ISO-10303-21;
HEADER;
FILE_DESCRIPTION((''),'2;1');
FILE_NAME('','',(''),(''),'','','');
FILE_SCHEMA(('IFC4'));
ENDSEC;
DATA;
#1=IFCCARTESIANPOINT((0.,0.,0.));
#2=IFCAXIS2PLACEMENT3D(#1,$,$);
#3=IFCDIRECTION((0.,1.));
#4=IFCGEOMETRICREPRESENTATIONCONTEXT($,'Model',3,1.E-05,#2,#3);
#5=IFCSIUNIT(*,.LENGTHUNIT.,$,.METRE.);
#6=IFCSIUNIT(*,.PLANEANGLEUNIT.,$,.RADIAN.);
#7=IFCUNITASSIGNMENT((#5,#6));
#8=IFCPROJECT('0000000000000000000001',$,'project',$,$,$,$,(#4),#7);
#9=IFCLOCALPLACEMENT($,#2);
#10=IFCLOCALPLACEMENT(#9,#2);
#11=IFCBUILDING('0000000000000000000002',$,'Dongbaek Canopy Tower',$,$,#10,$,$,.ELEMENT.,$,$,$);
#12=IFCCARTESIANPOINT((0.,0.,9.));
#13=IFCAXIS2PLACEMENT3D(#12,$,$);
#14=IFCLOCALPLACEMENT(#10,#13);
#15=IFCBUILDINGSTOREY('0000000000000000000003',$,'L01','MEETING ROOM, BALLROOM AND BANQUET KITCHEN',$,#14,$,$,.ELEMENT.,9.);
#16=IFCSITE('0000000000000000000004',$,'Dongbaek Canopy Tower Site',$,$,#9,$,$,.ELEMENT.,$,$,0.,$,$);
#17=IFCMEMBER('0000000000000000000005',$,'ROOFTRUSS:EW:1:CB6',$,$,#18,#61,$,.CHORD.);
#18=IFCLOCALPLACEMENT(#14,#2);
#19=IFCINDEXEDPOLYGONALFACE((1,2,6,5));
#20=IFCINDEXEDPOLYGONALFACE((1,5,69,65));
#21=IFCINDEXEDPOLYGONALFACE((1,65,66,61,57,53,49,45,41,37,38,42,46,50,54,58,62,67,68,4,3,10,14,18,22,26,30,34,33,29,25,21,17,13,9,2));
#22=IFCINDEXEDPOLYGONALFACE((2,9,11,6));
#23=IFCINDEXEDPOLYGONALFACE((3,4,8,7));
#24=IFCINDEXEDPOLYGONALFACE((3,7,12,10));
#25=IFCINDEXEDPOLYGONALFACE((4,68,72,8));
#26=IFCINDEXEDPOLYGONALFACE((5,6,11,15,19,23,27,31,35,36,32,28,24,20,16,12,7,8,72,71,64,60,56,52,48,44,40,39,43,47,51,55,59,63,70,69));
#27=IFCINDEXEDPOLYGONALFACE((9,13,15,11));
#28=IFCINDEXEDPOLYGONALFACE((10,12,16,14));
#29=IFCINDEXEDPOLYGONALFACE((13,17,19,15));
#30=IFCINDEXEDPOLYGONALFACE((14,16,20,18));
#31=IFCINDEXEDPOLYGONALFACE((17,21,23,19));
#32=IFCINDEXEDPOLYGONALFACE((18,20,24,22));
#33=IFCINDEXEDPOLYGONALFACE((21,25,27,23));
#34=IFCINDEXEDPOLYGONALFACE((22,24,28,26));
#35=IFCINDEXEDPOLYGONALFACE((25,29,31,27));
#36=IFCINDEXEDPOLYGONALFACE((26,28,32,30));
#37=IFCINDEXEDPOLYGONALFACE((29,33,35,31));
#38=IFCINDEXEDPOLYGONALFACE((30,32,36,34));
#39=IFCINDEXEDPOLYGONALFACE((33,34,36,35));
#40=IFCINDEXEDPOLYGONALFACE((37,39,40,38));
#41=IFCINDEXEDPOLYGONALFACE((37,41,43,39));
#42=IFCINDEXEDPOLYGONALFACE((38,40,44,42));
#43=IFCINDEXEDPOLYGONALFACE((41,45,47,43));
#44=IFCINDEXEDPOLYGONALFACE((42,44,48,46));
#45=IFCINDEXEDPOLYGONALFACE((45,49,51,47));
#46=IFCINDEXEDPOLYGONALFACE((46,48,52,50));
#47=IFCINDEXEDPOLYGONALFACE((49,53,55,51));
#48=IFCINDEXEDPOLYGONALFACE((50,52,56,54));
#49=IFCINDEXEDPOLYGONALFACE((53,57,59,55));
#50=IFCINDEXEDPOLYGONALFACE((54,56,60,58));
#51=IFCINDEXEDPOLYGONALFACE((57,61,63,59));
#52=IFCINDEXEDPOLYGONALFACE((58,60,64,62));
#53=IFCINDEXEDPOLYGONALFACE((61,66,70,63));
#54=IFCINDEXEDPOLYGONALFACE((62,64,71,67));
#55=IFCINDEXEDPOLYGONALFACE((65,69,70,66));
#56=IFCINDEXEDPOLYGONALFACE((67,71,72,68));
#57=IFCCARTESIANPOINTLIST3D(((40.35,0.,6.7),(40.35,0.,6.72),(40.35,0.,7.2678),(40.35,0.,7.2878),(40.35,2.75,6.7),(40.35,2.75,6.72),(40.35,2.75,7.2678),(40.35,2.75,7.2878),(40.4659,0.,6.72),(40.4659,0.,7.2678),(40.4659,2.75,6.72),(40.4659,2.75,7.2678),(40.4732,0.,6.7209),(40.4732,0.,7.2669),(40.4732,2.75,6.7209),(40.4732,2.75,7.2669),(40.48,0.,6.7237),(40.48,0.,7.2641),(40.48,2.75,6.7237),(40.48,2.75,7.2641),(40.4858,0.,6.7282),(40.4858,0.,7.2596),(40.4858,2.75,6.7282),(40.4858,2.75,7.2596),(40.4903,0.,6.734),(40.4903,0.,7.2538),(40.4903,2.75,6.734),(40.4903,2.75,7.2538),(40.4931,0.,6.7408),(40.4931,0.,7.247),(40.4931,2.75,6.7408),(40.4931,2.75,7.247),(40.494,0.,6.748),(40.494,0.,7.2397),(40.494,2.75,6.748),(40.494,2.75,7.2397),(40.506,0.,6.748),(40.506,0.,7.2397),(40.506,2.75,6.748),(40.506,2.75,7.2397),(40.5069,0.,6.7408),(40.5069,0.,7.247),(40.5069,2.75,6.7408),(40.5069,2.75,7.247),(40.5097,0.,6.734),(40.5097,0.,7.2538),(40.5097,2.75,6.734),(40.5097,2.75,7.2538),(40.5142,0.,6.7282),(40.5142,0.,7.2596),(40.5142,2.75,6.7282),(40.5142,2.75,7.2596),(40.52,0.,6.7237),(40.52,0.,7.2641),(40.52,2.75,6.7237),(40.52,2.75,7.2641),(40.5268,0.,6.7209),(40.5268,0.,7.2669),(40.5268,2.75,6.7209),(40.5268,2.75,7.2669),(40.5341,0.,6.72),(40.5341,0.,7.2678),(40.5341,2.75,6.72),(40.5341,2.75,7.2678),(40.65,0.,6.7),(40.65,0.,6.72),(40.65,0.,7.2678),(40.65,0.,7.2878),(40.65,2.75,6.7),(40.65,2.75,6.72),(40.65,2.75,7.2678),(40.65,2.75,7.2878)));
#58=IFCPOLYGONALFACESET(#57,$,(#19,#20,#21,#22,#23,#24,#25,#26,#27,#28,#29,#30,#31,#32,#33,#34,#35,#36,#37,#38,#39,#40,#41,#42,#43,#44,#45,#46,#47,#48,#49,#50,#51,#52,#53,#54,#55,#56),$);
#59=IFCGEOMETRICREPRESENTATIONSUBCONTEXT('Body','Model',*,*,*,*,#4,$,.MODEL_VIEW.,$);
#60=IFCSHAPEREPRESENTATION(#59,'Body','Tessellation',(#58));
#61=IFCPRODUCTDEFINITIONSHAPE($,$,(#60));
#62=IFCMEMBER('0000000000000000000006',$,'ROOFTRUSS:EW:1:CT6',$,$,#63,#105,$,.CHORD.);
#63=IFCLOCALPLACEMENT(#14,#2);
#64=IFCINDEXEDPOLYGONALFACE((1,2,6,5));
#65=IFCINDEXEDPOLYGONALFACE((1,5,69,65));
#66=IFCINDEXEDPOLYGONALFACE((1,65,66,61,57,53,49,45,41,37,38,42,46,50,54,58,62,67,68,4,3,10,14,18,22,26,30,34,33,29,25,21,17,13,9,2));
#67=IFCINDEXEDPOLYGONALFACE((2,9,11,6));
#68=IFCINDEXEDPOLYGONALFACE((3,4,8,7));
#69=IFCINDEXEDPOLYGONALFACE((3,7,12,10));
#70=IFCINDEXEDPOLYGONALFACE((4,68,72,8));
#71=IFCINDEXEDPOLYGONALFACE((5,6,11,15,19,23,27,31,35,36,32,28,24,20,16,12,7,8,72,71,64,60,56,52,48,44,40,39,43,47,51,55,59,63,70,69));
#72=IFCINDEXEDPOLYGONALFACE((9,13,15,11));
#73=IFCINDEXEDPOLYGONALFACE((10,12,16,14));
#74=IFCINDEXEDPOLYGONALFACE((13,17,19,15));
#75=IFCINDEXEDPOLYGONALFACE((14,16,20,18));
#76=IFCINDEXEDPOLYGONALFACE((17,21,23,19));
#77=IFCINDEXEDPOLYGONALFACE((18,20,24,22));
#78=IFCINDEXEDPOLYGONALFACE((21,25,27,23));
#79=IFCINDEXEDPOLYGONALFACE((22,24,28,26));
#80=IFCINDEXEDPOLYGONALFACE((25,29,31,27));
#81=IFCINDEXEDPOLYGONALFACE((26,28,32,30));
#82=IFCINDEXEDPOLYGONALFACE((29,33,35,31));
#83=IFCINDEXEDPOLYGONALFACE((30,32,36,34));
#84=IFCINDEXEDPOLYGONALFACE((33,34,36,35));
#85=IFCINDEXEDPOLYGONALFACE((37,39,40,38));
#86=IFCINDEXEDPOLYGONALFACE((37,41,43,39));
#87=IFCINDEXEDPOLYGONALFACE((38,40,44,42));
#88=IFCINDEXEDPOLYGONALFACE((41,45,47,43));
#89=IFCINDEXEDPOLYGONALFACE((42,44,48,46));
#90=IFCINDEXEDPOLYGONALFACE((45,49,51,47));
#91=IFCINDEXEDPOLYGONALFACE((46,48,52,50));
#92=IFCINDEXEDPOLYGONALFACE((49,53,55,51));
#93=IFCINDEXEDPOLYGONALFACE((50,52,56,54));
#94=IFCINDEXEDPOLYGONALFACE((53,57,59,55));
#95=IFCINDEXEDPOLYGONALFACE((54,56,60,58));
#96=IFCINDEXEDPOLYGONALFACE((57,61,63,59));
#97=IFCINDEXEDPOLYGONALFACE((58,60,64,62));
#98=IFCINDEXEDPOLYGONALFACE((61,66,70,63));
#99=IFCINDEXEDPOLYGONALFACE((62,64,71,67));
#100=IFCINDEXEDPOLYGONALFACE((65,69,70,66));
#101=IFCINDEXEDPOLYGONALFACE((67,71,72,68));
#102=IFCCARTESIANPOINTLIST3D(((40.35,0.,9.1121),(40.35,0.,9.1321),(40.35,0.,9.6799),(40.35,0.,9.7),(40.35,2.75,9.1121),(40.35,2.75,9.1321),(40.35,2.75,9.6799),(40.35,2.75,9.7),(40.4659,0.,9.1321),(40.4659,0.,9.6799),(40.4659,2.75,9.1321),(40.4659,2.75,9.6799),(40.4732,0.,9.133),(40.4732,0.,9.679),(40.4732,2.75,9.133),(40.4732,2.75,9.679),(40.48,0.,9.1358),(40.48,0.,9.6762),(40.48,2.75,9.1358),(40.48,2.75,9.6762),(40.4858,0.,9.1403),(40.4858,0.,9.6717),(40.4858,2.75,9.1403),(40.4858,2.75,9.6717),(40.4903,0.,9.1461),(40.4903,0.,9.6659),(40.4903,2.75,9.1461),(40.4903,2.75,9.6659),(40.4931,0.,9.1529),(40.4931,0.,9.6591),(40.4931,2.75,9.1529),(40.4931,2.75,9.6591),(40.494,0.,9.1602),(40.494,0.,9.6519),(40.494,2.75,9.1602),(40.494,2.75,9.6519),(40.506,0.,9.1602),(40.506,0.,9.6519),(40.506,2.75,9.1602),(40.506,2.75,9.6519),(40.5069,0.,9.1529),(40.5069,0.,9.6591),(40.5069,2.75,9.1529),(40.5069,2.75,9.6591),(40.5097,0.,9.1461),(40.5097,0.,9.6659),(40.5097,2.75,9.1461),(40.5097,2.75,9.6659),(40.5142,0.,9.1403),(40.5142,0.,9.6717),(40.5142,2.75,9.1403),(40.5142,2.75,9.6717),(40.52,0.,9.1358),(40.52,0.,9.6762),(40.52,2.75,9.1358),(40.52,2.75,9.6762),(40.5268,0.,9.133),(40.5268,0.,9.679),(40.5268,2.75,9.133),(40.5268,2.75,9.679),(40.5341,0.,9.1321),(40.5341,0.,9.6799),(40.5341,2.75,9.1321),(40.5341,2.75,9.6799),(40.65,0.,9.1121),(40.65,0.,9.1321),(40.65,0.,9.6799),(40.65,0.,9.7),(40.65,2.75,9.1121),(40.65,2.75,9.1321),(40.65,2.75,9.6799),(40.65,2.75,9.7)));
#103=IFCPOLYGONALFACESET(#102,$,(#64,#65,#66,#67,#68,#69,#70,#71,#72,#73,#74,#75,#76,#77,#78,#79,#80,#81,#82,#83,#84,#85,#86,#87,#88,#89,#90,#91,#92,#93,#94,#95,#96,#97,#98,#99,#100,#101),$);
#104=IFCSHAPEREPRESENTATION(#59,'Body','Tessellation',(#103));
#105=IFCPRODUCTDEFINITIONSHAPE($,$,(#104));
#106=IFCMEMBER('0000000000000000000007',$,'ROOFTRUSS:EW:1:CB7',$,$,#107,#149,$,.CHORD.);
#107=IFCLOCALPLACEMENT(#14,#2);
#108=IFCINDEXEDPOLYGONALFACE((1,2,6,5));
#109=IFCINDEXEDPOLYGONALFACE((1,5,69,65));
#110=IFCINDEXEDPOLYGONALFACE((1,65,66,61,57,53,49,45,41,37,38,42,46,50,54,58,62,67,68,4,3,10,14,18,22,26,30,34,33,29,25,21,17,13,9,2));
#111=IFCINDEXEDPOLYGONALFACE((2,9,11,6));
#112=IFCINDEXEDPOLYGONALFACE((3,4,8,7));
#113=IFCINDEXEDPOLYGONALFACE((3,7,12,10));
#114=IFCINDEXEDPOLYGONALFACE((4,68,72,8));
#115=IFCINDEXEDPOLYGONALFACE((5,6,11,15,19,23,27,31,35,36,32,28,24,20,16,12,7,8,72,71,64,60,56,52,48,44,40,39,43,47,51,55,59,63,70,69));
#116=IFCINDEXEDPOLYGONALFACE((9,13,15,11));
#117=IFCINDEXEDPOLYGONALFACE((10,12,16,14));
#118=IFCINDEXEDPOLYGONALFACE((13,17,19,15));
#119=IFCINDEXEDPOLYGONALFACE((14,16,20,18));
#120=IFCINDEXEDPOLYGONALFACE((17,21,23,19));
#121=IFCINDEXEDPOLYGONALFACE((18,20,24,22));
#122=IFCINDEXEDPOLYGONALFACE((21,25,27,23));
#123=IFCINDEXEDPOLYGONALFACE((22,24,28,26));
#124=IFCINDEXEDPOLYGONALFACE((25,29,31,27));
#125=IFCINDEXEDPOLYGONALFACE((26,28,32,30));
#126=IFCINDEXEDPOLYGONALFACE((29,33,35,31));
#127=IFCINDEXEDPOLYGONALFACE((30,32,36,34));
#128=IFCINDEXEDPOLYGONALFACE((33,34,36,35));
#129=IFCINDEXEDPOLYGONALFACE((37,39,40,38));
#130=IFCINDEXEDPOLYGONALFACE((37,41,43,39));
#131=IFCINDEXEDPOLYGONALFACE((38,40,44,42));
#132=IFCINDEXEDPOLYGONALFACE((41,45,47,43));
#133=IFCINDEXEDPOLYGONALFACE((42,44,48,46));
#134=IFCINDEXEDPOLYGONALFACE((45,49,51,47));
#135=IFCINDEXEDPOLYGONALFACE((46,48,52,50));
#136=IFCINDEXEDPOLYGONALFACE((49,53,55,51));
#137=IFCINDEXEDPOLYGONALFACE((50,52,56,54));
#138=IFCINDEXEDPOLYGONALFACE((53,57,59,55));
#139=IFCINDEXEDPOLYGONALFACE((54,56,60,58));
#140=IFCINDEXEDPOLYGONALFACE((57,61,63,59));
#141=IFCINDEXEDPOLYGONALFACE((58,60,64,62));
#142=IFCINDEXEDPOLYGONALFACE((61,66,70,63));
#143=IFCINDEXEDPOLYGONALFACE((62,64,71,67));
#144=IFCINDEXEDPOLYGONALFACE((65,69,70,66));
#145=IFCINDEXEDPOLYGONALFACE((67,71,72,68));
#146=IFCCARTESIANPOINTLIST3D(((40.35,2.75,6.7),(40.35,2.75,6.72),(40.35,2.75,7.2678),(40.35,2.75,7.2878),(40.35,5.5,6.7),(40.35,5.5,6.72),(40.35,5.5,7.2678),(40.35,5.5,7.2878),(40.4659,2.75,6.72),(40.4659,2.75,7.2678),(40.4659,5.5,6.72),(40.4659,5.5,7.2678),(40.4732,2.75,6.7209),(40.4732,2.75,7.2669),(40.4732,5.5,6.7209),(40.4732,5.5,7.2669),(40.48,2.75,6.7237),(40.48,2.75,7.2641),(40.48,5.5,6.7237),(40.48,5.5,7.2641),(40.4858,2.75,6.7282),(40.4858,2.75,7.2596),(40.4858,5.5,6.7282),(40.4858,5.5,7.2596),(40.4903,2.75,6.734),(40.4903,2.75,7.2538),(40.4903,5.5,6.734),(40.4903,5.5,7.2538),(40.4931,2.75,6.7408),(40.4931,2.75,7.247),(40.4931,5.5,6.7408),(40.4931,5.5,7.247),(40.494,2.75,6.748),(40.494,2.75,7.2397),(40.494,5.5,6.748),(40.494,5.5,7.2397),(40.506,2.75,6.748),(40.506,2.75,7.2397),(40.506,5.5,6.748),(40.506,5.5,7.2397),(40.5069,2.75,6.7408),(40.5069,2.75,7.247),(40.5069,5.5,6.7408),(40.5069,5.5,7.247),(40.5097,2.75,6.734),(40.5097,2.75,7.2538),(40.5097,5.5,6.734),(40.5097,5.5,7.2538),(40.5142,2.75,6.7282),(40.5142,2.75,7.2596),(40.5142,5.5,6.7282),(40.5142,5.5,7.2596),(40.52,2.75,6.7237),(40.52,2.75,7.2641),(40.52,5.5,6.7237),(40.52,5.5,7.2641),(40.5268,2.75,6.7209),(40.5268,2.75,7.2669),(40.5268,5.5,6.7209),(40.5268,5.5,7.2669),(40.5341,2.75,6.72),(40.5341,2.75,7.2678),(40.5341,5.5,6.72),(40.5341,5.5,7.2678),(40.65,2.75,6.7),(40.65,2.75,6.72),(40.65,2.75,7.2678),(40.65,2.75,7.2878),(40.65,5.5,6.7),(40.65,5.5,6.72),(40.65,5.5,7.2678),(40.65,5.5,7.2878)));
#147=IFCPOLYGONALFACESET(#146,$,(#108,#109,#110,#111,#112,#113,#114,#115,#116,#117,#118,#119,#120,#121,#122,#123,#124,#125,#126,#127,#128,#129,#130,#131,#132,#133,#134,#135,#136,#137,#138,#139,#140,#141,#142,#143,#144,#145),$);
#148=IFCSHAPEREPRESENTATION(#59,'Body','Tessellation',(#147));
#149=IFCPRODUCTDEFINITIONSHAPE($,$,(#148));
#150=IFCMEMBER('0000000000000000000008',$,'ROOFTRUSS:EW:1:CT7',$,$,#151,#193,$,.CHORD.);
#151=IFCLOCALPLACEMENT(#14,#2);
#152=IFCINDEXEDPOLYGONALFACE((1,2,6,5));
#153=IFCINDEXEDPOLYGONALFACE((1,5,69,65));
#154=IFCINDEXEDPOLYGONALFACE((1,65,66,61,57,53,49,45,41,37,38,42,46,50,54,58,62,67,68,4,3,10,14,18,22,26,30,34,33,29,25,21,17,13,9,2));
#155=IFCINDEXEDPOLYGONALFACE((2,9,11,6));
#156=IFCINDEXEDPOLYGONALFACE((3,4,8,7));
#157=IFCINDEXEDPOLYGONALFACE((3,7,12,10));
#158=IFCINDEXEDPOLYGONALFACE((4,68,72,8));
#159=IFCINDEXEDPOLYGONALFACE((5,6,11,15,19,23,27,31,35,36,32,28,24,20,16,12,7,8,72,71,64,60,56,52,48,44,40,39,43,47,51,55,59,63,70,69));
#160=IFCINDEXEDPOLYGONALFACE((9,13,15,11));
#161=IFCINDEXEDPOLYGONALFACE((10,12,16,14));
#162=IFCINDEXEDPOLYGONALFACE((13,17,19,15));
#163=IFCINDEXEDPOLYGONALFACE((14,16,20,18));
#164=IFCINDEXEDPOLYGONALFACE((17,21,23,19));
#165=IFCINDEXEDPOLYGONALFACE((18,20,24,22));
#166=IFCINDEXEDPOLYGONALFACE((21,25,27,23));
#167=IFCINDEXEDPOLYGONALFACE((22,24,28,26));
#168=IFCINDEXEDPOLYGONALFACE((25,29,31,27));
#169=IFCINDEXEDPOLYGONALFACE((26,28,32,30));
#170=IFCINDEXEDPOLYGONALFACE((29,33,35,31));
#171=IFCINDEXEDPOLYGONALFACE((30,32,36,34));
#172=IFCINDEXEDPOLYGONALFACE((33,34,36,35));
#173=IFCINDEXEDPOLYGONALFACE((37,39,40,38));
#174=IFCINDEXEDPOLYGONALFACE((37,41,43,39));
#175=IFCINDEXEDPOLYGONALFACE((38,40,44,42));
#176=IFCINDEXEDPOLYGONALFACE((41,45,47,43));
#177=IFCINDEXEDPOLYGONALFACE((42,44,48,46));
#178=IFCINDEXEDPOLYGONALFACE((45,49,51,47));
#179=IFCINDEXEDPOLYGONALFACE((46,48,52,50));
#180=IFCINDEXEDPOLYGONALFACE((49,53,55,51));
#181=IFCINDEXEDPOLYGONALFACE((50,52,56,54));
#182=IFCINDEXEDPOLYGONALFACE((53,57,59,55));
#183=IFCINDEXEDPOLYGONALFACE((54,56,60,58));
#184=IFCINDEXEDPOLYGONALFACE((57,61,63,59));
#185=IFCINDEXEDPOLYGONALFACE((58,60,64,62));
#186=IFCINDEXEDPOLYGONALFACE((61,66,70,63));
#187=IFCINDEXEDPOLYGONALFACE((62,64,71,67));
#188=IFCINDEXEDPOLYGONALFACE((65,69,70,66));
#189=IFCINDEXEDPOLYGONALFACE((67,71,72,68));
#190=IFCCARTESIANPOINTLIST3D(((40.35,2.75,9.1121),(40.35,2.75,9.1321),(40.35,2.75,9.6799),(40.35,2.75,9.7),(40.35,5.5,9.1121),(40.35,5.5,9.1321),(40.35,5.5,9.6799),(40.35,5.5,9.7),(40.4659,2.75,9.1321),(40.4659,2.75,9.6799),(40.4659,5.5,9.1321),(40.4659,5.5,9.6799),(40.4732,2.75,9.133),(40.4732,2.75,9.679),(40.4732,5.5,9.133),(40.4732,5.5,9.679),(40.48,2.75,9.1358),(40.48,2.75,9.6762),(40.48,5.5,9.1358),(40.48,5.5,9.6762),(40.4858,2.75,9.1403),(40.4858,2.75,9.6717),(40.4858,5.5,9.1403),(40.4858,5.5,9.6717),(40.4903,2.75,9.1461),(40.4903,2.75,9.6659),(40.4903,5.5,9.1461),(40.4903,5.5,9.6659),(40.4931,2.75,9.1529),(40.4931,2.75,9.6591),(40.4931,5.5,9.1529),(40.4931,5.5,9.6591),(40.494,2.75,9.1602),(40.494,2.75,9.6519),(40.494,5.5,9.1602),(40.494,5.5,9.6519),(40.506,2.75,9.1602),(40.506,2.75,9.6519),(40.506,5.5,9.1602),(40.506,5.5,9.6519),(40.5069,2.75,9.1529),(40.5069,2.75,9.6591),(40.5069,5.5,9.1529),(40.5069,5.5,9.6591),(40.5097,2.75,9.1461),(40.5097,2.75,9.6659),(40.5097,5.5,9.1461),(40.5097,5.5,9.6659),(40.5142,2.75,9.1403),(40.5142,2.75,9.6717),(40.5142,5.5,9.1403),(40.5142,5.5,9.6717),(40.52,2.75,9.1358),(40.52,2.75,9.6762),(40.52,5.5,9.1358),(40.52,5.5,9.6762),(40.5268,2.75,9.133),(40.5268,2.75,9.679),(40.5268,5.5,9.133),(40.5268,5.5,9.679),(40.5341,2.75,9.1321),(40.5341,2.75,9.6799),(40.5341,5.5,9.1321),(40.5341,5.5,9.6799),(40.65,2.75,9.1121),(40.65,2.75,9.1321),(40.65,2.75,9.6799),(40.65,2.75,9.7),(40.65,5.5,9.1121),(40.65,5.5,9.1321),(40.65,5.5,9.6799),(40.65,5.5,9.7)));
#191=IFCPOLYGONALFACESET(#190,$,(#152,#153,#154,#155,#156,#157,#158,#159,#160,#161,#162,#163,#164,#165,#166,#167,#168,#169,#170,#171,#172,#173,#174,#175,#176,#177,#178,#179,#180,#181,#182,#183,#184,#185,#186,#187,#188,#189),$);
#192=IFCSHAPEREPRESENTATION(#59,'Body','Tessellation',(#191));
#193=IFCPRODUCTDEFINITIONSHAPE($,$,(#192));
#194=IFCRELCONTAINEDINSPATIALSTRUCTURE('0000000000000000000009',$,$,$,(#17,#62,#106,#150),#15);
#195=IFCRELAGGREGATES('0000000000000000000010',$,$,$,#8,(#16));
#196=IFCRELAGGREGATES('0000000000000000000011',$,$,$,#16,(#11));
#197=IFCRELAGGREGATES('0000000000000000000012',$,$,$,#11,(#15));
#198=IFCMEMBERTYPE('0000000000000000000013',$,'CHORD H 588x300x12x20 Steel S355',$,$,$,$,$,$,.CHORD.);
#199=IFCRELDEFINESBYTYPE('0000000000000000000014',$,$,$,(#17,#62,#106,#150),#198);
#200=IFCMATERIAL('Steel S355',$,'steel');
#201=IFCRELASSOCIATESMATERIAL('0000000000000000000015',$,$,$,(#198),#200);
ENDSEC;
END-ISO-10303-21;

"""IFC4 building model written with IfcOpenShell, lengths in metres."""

from ifc_helpers import new_model, si_unit, direction, frame, origin, origin_2d, place, context, subcontext, project, spatial, i_section, extrude, material, material_profile, profile_set, type_object, element, save


model = new_model("IFC4")

# Units and contexts
model_context = context("Model", 3, precision=1e-05, world=origin(), true_north=direction((0.0, 1.0)))
body_context = subcontext(model_context, "Body", "Model", "MODEL_VIEW")
ifc_project = project(units=[si_unit("LENGTHUNIT", "METRE"), si_unit("PLANEANGLEUNIT", "RADIAN")], contexts=[model_context])

# Site, building, storey
site_placement = place(None, origin())
site = spatial("IfcSite", under=ifc_project, at=site_placement, Name="Dongbaek Canopy Tower Site", CompositionType="ELEMENT", RefElevation=0.0)
building_placement = place(site_placement, origin())
building = spatial("IfcBuilding", under=site, at=building_placement, Name="Dongbaek Canopy Tower", CompositionType="ELEMENT")
storey_placement = place(building_placement, frame((0.0, 0.0, 9.0)))
storey = spatial("IfcBuildingStorey", under=building, at=storey_placement, Name="L01", Description="MEETING ROOM, BALLROOM AND BANQUET KITCHEN", CompositionType="ELEMENT", Elevation=9.0)

# Members
ifc_material_1 = material(Name="Steel S355", Category="steel")
ifc_material_profile_1 = material_profile(ifc_material_1, i_section(OverallWidth=0.3, OverallDepth=0.5879, WebThickness=0.012, FlangeThickness=0.02, FilletRadius=0.0281, at=origin_2d()), Name="CHORD H 588x300x12x20 Steel S355")
ifc_profile_set_1 = profile_set([ifc_material_profile_1], Name="Steel S355")
member_type_1 = type_object("IfcMemberType", Name="CHORD H 588x300x12x20 Steel S355", PredefinedType="CHORD", material=ifc_profile_set_1)
for number, where, z_axis, x_axis, name in (
    (1, (40.5, 0.0, 6.9939), (0.0, 1.0, 0.0), (-1.0, 0.0, 0.0), "ROOFTRUSS:EW:1:CB6"),
    (2, (40.5, 0.0, 9.406), (0.0, 1.0, 0.0), (-1.0, 0.0, 0.0), "ROOFTRUSS:EW:1:CT6"),
    (3, (40.5, 2.75, 6.9939), (0.0, 1.0, 0.0), (-1.0, 0.0, 0.0), "ROOFTRUSS:EW:1:CB7"),
    (4, (40.5, 2.75, 9.406), (0.0, 1.0, 0.0), (-1.0, 0.0, 0.0), "ROOFTRUSS:EW:1:CT7"),
):
    element("IfcMember", number, at=place(storey_placement, frame(where, z_axis=z_axis, x_axis=x_axis)), inside=storey, type_object=member_type_1, Name=name, PredefinedType="CHORD", context=body_context, shape_type="SweptSolid", body=[
        extrude(i_section(OverallWidth=0.3, OverallDepth=0.5879, WebThickness=0.012, FlangeThickness=0.02, FilletRadius=0.0281, at=origin_2d()), origin(), (0.0, 0.0, 1.0), 2.75),
    ])

save(model, "model.ifc")
